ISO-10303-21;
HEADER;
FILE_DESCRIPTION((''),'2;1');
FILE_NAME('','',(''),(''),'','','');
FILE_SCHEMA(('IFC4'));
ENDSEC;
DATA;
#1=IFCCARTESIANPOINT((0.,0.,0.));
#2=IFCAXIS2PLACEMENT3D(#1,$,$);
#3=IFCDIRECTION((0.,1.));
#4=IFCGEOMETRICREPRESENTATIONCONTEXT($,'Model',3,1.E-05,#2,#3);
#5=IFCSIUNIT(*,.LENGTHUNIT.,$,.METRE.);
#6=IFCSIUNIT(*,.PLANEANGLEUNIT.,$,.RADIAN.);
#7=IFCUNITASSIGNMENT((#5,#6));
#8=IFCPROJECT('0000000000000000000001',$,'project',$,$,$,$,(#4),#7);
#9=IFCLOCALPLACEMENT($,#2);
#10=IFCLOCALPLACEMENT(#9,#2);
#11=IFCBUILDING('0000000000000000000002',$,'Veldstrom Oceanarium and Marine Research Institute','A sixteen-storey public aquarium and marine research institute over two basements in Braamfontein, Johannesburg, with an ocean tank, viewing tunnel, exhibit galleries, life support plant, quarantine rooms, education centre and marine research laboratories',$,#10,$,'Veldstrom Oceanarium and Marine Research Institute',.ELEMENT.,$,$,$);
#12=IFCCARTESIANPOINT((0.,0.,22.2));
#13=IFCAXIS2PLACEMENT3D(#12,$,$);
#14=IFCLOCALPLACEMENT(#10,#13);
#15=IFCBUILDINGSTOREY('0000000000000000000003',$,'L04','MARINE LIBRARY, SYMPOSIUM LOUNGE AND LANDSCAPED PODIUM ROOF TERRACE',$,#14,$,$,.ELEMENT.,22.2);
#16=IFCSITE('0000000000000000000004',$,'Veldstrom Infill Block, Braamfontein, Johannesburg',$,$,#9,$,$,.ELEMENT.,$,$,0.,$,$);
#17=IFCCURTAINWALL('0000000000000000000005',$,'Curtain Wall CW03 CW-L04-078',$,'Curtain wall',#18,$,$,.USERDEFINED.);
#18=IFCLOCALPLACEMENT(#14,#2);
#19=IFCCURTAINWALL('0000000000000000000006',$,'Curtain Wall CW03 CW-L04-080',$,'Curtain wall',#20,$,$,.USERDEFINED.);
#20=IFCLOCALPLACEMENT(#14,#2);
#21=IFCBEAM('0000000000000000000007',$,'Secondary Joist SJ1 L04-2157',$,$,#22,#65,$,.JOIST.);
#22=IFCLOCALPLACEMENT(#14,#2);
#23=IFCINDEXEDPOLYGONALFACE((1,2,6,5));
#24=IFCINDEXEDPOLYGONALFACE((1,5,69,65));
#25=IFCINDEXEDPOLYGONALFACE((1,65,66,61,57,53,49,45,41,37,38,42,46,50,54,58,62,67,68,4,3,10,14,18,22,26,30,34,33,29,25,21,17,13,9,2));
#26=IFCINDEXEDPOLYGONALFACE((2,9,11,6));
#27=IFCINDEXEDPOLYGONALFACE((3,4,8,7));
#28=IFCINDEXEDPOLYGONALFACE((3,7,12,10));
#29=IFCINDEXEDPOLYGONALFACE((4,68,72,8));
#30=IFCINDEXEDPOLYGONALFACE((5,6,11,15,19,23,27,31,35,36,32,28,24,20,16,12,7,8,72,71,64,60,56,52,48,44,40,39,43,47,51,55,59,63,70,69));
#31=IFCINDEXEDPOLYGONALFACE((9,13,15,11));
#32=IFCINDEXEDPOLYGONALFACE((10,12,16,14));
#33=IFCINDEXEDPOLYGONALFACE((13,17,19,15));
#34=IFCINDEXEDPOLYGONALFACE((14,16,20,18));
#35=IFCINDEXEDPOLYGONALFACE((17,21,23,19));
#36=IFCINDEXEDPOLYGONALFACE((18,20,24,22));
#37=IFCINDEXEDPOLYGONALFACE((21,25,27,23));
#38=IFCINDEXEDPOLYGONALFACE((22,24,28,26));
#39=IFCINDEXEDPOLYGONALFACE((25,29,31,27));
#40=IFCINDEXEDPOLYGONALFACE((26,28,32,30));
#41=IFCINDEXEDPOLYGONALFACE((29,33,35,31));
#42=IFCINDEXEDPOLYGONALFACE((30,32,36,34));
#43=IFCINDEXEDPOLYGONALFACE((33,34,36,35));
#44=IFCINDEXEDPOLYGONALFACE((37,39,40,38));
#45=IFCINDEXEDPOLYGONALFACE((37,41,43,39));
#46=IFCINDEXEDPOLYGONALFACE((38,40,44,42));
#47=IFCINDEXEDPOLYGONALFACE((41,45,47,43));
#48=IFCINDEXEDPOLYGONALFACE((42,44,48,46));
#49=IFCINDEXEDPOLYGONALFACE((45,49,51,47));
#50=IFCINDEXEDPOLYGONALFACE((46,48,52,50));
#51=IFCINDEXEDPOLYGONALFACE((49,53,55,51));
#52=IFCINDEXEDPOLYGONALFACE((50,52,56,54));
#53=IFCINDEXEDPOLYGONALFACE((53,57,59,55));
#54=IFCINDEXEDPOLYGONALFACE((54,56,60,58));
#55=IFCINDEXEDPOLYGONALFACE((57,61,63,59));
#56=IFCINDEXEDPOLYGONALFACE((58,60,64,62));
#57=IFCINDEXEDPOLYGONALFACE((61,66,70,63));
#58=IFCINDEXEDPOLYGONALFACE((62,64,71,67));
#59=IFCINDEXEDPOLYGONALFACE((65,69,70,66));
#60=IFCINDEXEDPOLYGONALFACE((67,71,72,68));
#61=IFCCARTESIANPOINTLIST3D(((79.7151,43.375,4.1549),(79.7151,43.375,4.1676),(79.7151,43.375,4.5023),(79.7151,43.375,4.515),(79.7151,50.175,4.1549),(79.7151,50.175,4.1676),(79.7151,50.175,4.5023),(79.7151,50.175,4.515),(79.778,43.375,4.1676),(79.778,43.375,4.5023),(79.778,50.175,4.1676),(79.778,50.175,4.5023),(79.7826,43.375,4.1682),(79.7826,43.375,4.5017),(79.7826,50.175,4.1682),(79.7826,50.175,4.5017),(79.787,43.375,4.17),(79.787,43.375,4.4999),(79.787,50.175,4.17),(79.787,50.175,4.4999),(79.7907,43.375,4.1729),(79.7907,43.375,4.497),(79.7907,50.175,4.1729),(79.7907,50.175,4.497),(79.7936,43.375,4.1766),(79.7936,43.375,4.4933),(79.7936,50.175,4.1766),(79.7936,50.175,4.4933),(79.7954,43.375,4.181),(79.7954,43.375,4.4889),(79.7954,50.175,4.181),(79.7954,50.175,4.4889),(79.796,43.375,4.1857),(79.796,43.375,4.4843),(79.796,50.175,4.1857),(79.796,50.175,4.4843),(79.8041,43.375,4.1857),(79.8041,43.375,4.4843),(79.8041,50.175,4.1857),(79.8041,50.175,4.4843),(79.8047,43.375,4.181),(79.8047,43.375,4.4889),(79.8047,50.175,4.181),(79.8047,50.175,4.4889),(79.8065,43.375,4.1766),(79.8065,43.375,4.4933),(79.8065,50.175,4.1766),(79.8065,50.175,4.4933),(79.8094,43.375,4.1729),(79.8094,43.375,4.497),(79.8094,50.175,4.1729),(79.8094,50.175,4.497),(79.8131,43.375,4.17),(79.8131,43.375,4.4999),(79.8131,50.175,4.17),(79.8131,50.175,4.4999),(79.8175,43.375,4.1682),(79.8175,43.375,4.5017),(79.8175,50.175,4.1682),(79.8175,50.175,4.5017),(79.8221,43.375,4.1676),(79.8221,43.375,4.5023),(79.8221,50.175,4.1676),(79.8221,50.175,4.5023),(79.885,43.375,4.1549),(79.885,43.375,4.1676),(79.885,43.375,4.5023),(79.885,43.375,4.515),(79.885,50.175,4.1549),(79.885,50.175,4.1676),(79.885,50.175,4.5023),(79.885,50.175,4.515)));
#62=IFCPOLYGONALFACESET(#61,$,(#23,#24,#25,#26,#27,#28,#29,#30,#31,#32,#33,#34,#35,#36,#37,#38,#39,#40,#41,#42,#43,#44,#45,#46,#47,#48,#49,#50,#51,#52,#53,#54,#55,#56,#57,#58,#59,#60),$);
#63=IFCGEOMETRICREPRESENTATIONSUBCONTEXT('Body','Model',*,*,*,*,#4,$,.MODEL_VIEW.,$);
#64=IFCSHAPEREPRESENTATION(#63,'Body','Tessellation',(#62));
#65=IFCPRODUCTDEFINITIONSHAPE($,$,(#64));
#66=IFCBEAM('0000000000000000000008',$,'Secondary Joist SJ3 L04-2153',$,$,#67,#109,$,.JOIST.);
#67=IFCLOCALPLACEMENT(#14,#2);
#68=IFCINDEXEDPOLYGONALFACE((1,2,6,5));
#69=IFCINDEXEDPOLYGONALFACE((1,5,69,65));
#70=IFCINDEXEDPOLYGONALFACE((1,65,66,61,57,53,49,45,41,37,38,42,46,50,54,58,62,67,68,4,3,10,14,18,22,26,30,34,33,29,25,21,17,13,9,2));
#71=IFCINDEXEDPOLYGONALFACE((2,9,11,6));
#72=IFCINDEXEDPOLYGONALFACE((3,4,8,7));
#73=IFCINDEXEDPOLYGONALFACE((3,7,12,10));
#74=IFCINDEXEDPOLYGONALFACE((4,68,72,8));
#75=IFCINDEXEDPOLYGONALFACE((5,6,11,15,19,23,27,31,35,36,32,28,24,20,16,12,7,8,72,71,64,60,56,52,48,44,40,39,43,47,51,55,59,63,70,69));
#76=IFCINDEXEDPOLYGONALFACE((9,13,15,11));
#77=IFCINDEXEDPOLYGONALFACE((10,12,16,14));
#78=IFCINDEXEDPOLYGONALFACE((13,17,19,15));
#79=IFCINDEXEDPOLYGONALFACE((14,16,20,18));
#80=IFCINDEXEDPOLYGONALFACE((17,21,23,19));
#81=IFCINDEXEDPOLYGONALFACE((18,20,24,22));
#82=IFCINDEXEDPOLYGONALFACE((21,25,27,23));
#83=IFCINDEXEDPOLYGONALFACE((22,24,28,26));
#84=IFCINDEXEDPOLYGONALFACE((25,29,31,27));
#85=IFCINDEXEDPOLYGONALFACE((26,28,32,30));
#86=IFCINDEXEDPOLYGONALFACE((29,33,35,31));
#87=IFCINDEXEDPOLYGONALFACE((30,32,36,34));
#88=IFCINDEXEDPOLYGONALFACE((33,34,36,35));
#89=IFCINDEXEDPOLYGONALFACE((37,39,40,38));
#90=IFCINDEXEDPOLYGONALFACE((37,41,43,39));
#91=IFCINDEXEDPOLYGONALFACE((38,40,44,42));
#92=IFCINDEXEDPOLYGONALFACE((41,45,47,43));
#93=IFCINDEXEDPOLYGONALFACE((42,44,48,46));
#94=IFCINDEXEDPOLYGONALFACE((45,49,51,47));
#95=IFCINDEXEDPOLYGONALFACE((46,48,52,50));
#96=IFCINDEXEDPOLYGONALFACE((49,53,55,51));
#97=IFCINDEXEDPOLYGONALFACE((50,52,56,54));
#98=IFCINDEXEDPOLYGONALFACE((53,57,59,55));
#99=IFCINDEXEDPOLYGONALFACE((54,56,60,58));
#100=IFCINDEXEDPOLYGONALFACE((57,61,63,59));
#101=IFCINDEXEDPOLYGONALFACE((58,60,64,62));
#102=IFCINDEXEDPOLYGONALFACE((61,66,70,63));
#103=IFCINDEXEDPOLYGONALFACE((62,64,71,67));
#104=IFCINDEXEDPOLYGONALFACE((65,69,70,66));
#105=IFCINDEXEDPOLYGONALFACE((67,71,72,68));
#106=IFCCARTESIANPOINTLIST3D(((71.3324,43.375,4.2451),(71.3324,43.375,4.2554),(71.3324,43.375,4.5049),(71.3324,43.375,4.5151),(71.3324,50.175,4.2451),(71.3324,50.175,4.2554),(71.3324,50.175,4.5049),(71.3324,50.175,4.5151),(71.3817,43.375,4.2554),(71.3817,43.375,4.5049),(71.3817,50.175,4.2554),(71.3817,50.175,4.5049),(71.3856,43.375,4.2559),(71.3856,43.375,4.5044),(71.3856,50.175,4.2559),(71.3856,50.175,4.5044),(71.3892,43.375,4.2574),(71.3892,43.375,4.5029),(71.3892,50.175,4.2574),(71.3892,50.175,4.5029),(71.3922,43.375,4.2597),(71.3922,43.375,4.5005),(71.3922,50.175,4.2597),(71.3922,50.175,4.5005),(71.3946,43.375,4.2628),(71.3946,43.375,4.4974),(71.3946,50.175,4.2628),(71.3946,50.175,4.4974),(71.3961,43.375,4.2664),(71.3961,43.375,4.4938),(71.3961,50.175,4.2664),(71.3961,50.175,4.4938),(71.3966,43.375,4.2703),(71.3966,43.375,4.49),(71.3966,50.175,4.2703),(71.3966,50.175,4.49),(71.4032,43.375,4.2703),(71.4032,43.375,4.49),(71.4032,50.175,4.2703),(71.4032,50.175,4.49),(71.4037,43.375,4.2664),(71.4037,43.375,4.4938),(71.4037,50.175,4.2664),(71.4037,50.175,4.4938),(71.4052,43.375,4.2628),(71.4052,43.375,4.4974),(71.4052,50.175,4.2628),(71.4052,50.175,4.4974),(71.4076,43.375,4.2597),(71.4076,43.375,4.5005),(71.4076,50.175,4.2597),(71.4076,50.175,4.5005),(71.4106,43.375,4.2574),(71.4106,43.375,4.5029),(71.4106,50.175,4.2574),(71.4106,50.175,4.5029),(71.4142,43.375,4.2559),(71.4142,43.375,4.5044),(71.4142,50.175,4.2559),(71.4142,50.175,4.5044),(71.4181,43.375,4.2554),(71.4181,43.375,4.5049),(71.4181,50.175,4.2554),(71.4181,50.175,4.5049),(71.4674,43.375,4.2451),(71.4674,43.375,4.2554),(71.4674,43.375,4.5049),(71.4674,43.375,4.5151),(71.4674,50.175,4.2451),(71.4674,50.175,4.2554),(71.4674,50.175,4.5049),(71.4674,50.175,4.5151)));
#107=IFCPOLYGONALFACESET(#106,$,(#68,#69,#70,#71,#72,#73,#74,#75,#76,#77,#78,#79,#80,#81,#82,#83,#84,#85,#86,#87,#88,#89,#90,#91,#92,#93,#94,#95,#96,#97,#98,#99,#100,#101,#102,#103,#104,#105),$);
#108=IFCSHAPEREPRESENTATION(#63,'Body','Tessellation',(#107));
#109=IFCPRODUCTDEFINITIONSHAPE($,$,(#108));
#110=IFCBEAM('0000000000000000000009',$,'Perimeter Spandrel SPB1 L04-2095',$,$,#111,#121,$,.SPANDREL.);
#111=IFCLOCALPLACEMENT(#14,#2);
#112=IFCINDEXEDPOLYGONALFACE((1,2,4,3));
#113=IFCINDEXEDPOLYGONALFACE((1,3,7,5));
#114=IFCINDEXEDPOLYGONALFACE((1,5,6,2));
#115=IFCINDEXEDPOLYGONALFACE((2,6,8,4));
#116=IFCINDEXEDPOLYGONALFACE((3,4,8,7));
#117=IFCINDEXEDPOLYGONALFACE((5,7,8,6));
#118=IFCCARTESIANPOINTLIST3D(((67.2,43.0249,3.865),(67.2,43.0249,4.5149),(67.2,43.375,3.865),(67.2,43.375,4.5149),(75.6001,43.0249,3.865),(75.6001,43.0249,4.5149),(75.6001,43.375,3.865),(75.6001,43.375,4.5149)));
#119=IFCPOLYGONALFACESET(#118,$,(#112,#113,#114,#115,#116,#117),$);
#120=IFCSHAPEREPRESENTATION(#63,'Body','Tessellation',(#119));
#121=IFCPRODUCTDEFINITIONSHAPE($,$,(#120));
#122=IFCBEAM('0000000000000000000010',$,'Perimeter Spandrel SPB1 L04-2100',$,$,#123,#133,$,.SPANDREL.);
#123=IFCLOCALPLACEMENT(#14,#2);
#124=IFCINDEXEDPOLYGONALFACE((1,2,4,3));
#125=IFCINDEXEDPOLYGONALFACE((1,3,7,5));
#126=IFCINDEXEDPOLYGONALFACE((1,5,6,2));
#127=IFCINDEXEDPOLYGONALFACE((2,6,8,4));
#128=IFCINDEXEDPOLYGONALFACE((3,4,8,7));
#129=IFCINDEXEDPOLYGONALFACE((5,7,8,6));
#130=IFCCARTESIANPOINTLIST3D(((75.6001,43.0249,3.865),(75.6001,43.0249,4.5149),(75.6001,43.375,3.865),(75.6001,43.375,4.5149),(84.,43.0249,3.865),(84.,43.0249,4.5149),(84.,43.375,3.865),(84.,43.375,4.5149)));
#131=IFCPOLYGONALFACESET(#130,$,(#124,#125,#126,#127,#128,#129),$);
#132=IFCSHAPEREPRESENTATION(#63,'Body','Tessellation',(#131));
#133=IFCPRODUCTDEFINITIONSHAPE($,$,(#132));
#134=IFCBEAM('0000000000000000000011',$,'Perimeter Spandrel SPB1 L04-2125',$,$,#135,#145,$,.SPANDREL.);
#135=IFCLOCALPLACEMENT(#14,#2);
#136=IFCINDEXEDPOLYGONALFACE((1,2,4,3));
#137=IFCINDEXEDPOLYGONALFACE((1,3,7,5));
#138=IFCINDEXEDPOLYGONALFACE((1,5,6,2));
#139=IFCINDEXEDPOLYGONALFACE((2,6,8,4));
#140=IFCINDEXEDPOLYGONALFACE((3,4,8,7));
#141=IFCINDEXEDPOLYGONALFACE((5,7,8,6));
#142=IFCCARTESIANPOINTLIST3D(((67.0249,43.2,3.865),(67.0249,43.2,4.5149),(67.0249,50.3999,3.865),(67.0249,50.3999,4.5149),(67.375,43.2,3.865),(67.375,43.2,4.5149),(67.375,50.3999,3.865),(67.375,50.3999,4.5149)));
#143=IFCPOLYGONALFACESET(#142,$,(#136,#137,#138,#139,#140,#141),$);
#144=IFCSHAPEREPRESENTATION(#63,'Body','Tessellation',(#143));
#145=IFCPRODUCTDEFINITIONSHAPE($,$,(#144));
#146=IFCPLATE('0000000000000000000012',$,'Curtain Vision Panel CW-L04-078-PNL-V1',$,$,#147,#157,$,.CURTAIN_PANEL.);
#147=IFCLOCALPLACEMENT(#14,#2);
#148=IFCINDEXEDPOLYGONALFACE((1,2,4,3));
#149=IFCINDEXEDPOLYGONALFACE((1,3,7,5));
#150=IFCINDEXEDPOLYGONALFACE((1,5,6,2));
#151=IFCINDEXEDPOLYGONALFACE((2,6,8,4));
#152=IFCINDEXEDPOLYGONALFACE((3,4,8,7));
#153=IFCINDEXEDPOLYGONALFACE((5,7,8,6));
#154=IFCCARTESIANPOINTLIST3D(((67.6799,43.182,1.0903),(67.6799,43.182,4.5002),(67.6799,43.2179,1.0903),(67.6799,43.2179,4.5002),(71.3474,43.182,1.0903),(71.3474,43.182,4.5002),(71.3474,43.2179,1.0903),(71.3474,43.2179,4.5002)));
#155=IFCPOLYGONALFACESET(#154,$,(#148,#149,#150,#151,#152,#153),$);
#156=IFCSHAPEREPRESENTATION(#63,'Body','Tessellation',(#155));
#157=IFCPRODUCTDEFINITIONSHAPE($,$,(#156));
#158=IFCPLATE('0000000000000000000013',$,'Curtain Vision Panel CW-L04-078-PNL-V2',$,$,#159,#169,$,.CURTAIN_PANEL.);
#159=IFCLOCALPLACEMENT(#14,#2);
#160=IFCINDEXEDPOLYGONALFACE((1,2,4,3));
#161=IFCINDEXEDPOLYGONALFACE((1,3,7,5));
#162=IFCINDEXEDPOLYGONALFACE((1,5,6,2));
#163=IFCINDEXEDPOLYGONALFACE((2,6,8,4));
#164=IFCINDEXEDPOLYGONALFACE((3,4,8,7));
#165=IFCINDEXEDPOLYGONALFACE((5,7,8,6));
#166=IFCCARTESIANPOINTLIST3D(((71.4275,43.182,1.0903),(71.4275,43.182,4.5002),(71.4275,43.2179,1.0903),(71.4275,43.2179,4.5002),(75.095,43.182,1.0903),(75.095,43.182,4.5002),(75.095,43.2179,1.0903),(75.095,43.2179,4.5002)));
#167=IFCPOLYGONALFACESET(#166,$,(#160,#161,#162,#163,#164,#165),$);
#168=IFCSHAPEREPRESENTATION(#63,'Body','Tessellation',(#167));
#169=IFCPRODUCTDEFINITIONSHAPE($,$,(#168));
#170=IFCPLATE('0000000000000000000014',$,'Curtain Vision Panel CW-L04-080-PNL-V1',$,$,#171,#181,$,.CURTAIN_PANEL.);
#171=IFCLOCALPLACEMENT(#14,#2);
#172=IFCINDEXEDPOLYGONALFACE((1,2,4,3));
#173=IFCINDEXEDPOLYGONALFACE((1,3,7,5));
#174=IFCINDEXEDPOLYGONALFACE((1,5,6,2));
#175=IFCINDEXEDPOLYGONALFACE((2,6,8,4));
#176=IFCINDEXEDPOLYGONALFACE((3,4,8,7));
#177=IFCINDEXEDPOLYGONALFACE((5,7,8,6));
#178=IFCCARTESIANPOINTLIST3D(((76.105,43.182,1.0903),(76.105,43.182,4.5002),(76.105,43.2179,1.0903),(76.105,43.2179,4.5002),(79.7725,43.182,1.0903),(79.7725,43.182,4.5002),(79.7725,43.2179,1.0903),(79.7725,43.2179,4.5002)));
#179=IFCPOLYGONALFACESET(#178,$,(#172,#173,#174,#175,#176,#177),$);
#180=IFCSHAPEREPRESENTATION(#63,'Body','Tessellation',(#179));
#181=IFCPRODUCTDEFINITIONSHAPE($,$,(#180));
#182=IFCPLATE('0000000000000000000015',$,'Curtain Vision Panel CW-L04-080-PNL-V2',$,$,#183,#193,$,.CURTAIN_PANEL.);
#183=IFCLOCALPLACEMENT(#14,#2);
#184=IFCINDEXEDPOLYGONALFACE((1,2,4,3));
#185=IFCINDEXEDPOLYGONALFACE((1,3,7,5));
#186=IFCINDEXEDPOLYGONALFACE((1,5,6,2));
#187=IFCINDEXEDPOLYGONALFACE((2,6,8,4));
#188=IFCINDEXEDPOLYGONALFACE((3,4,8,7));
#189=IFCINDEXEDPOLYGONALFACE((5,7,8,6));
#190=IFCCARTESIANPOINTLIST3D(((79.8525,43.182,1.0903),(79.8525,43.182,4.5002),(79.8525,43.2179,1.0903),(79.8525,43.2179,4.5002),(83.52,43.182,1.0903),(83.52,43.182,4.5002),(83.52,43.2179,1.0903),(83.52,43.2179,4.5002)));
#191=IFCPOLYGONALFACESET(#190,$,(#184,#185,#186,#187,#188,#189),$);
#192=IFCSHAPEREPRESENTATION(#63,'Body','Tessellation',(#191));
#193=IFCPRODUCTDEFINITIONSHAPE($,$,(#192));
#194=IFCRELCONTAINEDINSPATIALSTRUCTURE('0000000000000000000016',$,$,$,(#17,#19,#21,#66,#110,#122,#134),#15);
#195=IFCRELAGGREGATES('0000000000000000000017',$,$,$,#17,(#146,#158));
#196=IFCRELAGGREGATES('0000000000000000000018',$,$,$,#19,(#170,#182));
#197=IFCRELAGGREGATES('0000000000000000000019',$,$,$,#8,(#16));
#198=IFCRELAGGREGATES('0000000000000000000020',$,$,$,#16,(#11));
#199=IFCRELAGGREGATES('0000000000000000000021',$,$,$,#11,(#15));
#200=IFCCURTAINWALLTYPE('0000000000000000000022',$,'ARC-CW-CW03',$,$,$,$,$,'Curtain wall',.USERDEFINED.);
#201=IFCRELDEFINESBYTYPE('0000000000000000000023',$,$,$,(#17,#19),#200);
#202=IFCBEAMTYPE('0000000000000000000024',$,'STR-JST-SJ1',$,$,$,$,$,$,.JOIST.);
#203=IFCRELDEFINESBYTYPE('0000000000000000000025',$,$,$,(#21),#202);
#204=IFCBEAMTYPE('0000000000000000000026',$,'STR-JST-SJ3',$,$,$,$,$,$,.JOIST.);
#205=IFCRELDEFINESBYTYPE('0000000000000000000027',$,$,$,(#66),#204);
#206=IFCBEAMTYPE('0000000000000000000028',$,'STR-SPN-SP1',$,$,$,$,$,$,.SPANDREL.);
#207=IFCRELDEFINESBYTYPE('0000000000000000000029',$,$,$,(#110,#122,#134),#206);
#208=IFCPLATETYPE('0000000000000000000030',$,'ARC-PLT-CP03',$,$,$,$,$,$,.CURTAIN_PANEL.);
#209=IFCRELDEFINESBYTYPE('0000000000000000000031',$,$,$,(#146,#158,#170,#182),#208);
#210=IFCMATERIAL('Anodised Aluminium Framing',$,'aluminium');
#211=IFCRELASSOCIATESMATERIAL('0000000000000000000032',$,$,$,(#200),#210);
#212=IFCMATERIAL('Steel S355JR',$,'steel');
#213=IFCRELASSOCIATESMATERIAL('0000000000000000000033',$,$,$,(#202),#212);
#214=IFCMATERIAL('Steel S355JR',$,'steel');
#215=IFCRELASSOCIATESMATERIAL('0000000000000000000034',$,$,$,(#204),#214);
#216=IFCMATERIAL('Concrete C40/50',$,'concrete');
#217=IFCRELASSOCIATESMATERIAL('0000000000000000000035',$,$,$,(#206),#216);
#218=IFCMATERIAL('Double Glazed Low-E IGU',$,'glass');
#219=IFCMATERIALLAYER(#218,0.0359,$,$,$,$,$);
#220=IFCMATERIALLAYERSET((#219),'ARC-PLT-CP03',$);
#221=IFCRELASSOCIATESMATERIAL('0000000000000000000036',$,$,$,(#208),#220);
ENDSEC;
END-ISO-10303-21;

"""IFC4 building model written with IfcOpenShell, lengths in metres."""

from ifc_helpers import new_model, si_unit, direction, frame, origin, origin_2d, place, context, subcontext, project, spatial, rectangle, i_section, extrude, material, layer, layer_set, material_profile, profile_set, type_object, element, aggregate, save


model = new_model("IFC4")

# Units and contexts
model_context = context("Model", 3, precision=1e-05, world=origin(), true_north=direction((0.0, 1.0)))
body_context = subcontext(model_context, "Body", "Model", "MODEL_VIEW")
ifc_project = project(units=[si_unit("LENGTHUNIT", "METRE"), si_unit("PLANEANGLEUNIT", "RADIAN")], contexts=[model_context])

# Site, building, storey
site_placement = place(None, origin())
site = spatial("IfcSite", under=ifc_project, at=site_placement, Name="Veldstrom Infill Block, Braamfontein, Johannesburg", CompositionType="ELEMENT", RefElevation=0.0)
building_placement = place(site_placement, origin())
building = spatial("IfcBuilding", under=site, at=building_placement, Name="Veldstrom Oceanarium and Marine Research Institute", Description="A sixteen-storey public aquarium and marine research institute over two basements in Braamfontein, Johannesburg, with an ocean tank, viewing tunnel, exhibit galleries, life support plant, quarantine rooms, education centre and marine research laboratories", LongName="Veldstrom Oceanarium and Marine Research Institute", CompositionType="ELEMENT")
storey_placement = place(building_placement, frame((0.0, 0.0, 22.2)))
storey = spatial("IfcBuildingStorey", under=building, at=storey_placement, Name="L04", Description="MARINE LIBRARY, SYMPOSIUM LOUNGE AND LANDSCAPED PODIUM ROOF TERRACE", CompositionType="ELEMENT", Elevation=22.2)

# Curtain walls
ifc_material_1 = material(Name="Anodised Aluminium Framing", Category="aluminium")
curtain_wall_type = type_object("IfcCurtainWallType", Name="ARC-CW-CW03", ElementType="Curtain wall", PredefinedType="USERDEFINED", material=ifc_material_1)
curtain_wall_1_placement = place(storey_placement, origin())
curtain_wall_1 = element("IfcCurtainWall", 1, at=curtain_wall_1_placement, inside=storey, type_object=curtain_wall_type, Name="Curtain Wall CW03 CW-L04-078", ObjectType="Curtain wall", PredefinedType="USERDEFINED")
curtain_wall_2_placement = place(storey_placement, origin())
curtain_wall_2 = element("IfcCurtainWall", 2, at=curtain_wall_2_placement, inside=storey, type_object=curtain_wall_type, Name="Curtain Wall CW03 CW-L04-080", ObjectType="Curtain wall", PredefinedType="USERDEFINED")

# Beams
ifc_material_2 = material(Name="Steel S355JR", Category="steel")
ifc_material_profile_1 = material_profile(ifc_material_2, i_section(OverallWidth=0.1699, OverallDepth=0.3601, WebThickness=0.0081, FlangeThickness=0.0127, FilletRadius=0.0181, at=origin_2d()), Name="IPE 360")
ifc_profile_set_1 = profile_set([ifc_material_profile_1], Name="Steel S355JR")
beam_type_1 = type_object("IfcBeamType", Name="STR-JST-SJ1", PredefinedType="JOIST", material=ifc_profile_set_1)
beam_1_placement = place(storey_placement, frame((79.8, 43.375, 4.335), z_axis=(0.0, 1.0, 0.0), x_axis=(-1.0, 0.0, 0.0)))
element("IfcBeam", 3, at=beam_1_placement, inside=storey, type_object=beam_type_1, Name="Secondary Joist SJ1 L04-2157", PredefinedType="JOIST", context=body_context, shape_type="SweptSolid", body=[
    extrude(i_section(OverallWidth=0.1699, OverallDepth=0.3601, WebThickness=0.0081, FlangeThickness=0.0127, FilletRadius=0.0181, at=origin_2d()), origin(), (0.0, 0.0, 1.0), 6.8),
])
ifc_material_3 = material(Name="Steel S355JR", Category="steel")
ifc_material_profile_2 = material_profile(ifc_material_3, i_section(OverallWidth=0.135, OverallDepth=0.27, WebThickness=0.0066, FlangeThickness=0.0103, FilletRadius=0.0149, at=origin_2d()), Name="IPE 270")
ifc_profile_set_2 = profile_set([ifc_material_profile_2], Name="Steel S355JR")
beam_type_2 = type_object("IfcBeamType", Name="STR-JST-SJ3", PredefinedType="JOIST", material=ifc_profile_set_2)
beam_2_placement = place(storey_placement, frame((71.3999, 43.375, 4.3801), z_axis=(0.0, 1.0, 0.0), x_axis=(-1.0, 0.0, 0.0)))
element("IfcBeam", 4, at=beam_2_placement, inside=storey, type_object=beam_type_2, Name="Secondary Joist SJ3 L04-2153", PredefinedType="JOIST", context=body_context, shape_type="SweptSolid", body=[
    extrude(i_section(OverallWidth=0.135, OverallDepth=0.27, WebThickness=0.0066, FlangeThickness=0.0103, FilletRadius=0.0149, at=origin_2d()), origin(), (0.0, 0.0, 1.0), 6.8),
])
ifc_material_4 = material(Name="Concrete C40/50", Category="concrete")
ifc_material_profile_3 = material_profile(ifc_material_4, rectangle(XDim=0.3501, YDim=0.6499, at=origin_2d()), Name="RC-SPN-350x650")
ifc_profile_set_3 = profile_set([ifc_material_profile_3], Name="Concrete C40/50")
beam_type_3 = type_object("IfcBeamType", Name="STR-SPN-SP1", PredefinedType="SPANDREL", material=ifc_profile_set_3)
beam_3_placement = place(storey_placement, frame((67.2, 43.2, 4.1899), z_axis=(1.0, 0.0, 0.0), x_axis=(0.0, 1.0, 0.0)))
element("IfcBeam", 5, at=beam_3_placement, inside=storey, type_object=beam_type_3, Name="Perimeter Spandrel SPB1 L04-2095", PredefinedType="SPANDREL", context=body_context, shape_type="SweptSolid", body=[
    extrude(rectangle(XDim=0.3501, YDim=0.6499, at=origin_2d()), origin(), (0.0, 0.0, 1.0), 8.4001),
])
beam_4_placement = place(storey_placement, frame((75.6001, 43.2, 4.1899), z_axis=(1.0, 0.0, 0.0), x_axis=(0.0, 1.0, 0.0)))
element("IfcBeam", 6, at=beam_4_placement, inside=storey, type_object=beam_type_3, Name="Perimeter Spandrel SPB1 L04-2100", PredefinedType="SPANDREL", context=body_context, shape_type="SweptSolid", body=[
    extrude(rectangle(XDim=0.3501, YDim=0.6499, at=origin_2d()), origin(), (0.0, 0.0, 1.0), 8.3999),
])
beam_5_placement = place(storey_placement, frame((67.2, 43.2, 4.1899), z_axis=(0.0, 1.0, 0.0), x_axis=(-1.0, 0.0, 0.0)))
element("IfcBeam", 7, at=beam_5_placement, inside=storey, type_object=beam_type_3, Name="Perimeter Spandrel SPB1 L04-2125", PredefinedType="SPANDREL", context=body_context, shape_type="SweptSolid", body=[
    extrude(rectangle(XDim=0.3501, YDim=0.6499, at=origin_2d()), origin(), (0.0, 0.0, 1.0), 7.2),
])

# Plates
ifc_material_5 = material(Name="Double Glazed Low-E IGU", Category="glass")
ifc_layer_1 = layer(ifc_material_5, 0.0359)
ifc_layer_set_1 = layer_set([ifc_layer_1], Name="ARC-PLT-CP03")
plate_type_1 = type_object("IfcPlateType", Name="ARC-PLT-CP03", PredefinedType="CURTAIN_PANEL", material=ifc_layer_set_1)
plate_1_placement = place(storey_placement, frame((69.5137, 43.2, 1.0903), z_axis=(0.0, 0.0, 1.0), x_axis=(1.0, 0.0, 0.0)))
plate_1 = element("IfcPlate", 8, at=plate_1_placement, type_object=plate_type_1, Name="Curtain Vision Panel CW-L04-078-PNL-V1", PredefinedType="CURTAIN_PANEL", context=body_context, shape_type="SweptSolid", body=[
    extrude(rectangle(XDim=3.6675, YDim=0.0359, at=origin_2d()), origin(), (0.0, 0.0, 1.0), 3.4099),
])
plate_2_placement = place(storey_placement, frame((73.2612, 43.2, 1.0903), z_axis=(0.0, 0.0, 1.0), x_axis=(1.0, 0.0, 0.0)))
plate_2 = element("IfcPlate", 9, at=plate_2_placement, type_object=plate_type_1, Name="Curtain Vision Panel CW-L04-078-PNL-V2", PredefinedType="CURTAIN_PANEL", context=body_context, shape_type="SweptSolid", body=[
    extrude(rectangle(XDim=3.6675, YDim=0.0359, at=origin_2d()), origin(), (0.0, 0.0, 1.0), 3.4099),
])
plate_3_placement = place(storey_placement, frame((77.9387, 43.2, 1.0903), z_axis=(0.0, 0.0, 1.0), x_axis=(1.0, 0.0, 0.0)))
plate_3 = element("IfcPlate", 10, at=plate_3_placement, type_object=plate_type_1, Name="Curtain Vision Panel CW-L04-080-PNL-V1", PredefinedType="CURTAIN_PANEL", context=body_context, shape_type="SweptSolid", body=[
    extrude(rectangle(XDim=3.6675, YDim=0.0359, at=origin_2d()), origin(), (0.0, 0.0, 1.0), 3.4099),
])
plate_4_placement = place(storey_placement, frame((81.6863, 43.2, 1.0903), z_axis=(0.0, 0.0, 1.0), x_axis=(1.0, 0.0, 0.0)))
plate_4 = element("IfcPlate", 11, at=plate_4_placement, type_object=plate_type_1, Name="Curtain Vision Panel CW-L04-080-PNL-V2", PredefinedType="CURTAIN_PANEL", context=body_context, shape_type="SweptSolid", body=[
    extrude(rectangle(XDim=3.6675, YDim=0.0359, at=origin_2d()), origin(), (0.0, 0.0, 1.0), 3.4099),
])
aggregate(curtain_wall_1, [plate_1, plate_2])
aggregate(curtain_wall_2, [plate_3, plate_4])

save(model, "model.ifc")
